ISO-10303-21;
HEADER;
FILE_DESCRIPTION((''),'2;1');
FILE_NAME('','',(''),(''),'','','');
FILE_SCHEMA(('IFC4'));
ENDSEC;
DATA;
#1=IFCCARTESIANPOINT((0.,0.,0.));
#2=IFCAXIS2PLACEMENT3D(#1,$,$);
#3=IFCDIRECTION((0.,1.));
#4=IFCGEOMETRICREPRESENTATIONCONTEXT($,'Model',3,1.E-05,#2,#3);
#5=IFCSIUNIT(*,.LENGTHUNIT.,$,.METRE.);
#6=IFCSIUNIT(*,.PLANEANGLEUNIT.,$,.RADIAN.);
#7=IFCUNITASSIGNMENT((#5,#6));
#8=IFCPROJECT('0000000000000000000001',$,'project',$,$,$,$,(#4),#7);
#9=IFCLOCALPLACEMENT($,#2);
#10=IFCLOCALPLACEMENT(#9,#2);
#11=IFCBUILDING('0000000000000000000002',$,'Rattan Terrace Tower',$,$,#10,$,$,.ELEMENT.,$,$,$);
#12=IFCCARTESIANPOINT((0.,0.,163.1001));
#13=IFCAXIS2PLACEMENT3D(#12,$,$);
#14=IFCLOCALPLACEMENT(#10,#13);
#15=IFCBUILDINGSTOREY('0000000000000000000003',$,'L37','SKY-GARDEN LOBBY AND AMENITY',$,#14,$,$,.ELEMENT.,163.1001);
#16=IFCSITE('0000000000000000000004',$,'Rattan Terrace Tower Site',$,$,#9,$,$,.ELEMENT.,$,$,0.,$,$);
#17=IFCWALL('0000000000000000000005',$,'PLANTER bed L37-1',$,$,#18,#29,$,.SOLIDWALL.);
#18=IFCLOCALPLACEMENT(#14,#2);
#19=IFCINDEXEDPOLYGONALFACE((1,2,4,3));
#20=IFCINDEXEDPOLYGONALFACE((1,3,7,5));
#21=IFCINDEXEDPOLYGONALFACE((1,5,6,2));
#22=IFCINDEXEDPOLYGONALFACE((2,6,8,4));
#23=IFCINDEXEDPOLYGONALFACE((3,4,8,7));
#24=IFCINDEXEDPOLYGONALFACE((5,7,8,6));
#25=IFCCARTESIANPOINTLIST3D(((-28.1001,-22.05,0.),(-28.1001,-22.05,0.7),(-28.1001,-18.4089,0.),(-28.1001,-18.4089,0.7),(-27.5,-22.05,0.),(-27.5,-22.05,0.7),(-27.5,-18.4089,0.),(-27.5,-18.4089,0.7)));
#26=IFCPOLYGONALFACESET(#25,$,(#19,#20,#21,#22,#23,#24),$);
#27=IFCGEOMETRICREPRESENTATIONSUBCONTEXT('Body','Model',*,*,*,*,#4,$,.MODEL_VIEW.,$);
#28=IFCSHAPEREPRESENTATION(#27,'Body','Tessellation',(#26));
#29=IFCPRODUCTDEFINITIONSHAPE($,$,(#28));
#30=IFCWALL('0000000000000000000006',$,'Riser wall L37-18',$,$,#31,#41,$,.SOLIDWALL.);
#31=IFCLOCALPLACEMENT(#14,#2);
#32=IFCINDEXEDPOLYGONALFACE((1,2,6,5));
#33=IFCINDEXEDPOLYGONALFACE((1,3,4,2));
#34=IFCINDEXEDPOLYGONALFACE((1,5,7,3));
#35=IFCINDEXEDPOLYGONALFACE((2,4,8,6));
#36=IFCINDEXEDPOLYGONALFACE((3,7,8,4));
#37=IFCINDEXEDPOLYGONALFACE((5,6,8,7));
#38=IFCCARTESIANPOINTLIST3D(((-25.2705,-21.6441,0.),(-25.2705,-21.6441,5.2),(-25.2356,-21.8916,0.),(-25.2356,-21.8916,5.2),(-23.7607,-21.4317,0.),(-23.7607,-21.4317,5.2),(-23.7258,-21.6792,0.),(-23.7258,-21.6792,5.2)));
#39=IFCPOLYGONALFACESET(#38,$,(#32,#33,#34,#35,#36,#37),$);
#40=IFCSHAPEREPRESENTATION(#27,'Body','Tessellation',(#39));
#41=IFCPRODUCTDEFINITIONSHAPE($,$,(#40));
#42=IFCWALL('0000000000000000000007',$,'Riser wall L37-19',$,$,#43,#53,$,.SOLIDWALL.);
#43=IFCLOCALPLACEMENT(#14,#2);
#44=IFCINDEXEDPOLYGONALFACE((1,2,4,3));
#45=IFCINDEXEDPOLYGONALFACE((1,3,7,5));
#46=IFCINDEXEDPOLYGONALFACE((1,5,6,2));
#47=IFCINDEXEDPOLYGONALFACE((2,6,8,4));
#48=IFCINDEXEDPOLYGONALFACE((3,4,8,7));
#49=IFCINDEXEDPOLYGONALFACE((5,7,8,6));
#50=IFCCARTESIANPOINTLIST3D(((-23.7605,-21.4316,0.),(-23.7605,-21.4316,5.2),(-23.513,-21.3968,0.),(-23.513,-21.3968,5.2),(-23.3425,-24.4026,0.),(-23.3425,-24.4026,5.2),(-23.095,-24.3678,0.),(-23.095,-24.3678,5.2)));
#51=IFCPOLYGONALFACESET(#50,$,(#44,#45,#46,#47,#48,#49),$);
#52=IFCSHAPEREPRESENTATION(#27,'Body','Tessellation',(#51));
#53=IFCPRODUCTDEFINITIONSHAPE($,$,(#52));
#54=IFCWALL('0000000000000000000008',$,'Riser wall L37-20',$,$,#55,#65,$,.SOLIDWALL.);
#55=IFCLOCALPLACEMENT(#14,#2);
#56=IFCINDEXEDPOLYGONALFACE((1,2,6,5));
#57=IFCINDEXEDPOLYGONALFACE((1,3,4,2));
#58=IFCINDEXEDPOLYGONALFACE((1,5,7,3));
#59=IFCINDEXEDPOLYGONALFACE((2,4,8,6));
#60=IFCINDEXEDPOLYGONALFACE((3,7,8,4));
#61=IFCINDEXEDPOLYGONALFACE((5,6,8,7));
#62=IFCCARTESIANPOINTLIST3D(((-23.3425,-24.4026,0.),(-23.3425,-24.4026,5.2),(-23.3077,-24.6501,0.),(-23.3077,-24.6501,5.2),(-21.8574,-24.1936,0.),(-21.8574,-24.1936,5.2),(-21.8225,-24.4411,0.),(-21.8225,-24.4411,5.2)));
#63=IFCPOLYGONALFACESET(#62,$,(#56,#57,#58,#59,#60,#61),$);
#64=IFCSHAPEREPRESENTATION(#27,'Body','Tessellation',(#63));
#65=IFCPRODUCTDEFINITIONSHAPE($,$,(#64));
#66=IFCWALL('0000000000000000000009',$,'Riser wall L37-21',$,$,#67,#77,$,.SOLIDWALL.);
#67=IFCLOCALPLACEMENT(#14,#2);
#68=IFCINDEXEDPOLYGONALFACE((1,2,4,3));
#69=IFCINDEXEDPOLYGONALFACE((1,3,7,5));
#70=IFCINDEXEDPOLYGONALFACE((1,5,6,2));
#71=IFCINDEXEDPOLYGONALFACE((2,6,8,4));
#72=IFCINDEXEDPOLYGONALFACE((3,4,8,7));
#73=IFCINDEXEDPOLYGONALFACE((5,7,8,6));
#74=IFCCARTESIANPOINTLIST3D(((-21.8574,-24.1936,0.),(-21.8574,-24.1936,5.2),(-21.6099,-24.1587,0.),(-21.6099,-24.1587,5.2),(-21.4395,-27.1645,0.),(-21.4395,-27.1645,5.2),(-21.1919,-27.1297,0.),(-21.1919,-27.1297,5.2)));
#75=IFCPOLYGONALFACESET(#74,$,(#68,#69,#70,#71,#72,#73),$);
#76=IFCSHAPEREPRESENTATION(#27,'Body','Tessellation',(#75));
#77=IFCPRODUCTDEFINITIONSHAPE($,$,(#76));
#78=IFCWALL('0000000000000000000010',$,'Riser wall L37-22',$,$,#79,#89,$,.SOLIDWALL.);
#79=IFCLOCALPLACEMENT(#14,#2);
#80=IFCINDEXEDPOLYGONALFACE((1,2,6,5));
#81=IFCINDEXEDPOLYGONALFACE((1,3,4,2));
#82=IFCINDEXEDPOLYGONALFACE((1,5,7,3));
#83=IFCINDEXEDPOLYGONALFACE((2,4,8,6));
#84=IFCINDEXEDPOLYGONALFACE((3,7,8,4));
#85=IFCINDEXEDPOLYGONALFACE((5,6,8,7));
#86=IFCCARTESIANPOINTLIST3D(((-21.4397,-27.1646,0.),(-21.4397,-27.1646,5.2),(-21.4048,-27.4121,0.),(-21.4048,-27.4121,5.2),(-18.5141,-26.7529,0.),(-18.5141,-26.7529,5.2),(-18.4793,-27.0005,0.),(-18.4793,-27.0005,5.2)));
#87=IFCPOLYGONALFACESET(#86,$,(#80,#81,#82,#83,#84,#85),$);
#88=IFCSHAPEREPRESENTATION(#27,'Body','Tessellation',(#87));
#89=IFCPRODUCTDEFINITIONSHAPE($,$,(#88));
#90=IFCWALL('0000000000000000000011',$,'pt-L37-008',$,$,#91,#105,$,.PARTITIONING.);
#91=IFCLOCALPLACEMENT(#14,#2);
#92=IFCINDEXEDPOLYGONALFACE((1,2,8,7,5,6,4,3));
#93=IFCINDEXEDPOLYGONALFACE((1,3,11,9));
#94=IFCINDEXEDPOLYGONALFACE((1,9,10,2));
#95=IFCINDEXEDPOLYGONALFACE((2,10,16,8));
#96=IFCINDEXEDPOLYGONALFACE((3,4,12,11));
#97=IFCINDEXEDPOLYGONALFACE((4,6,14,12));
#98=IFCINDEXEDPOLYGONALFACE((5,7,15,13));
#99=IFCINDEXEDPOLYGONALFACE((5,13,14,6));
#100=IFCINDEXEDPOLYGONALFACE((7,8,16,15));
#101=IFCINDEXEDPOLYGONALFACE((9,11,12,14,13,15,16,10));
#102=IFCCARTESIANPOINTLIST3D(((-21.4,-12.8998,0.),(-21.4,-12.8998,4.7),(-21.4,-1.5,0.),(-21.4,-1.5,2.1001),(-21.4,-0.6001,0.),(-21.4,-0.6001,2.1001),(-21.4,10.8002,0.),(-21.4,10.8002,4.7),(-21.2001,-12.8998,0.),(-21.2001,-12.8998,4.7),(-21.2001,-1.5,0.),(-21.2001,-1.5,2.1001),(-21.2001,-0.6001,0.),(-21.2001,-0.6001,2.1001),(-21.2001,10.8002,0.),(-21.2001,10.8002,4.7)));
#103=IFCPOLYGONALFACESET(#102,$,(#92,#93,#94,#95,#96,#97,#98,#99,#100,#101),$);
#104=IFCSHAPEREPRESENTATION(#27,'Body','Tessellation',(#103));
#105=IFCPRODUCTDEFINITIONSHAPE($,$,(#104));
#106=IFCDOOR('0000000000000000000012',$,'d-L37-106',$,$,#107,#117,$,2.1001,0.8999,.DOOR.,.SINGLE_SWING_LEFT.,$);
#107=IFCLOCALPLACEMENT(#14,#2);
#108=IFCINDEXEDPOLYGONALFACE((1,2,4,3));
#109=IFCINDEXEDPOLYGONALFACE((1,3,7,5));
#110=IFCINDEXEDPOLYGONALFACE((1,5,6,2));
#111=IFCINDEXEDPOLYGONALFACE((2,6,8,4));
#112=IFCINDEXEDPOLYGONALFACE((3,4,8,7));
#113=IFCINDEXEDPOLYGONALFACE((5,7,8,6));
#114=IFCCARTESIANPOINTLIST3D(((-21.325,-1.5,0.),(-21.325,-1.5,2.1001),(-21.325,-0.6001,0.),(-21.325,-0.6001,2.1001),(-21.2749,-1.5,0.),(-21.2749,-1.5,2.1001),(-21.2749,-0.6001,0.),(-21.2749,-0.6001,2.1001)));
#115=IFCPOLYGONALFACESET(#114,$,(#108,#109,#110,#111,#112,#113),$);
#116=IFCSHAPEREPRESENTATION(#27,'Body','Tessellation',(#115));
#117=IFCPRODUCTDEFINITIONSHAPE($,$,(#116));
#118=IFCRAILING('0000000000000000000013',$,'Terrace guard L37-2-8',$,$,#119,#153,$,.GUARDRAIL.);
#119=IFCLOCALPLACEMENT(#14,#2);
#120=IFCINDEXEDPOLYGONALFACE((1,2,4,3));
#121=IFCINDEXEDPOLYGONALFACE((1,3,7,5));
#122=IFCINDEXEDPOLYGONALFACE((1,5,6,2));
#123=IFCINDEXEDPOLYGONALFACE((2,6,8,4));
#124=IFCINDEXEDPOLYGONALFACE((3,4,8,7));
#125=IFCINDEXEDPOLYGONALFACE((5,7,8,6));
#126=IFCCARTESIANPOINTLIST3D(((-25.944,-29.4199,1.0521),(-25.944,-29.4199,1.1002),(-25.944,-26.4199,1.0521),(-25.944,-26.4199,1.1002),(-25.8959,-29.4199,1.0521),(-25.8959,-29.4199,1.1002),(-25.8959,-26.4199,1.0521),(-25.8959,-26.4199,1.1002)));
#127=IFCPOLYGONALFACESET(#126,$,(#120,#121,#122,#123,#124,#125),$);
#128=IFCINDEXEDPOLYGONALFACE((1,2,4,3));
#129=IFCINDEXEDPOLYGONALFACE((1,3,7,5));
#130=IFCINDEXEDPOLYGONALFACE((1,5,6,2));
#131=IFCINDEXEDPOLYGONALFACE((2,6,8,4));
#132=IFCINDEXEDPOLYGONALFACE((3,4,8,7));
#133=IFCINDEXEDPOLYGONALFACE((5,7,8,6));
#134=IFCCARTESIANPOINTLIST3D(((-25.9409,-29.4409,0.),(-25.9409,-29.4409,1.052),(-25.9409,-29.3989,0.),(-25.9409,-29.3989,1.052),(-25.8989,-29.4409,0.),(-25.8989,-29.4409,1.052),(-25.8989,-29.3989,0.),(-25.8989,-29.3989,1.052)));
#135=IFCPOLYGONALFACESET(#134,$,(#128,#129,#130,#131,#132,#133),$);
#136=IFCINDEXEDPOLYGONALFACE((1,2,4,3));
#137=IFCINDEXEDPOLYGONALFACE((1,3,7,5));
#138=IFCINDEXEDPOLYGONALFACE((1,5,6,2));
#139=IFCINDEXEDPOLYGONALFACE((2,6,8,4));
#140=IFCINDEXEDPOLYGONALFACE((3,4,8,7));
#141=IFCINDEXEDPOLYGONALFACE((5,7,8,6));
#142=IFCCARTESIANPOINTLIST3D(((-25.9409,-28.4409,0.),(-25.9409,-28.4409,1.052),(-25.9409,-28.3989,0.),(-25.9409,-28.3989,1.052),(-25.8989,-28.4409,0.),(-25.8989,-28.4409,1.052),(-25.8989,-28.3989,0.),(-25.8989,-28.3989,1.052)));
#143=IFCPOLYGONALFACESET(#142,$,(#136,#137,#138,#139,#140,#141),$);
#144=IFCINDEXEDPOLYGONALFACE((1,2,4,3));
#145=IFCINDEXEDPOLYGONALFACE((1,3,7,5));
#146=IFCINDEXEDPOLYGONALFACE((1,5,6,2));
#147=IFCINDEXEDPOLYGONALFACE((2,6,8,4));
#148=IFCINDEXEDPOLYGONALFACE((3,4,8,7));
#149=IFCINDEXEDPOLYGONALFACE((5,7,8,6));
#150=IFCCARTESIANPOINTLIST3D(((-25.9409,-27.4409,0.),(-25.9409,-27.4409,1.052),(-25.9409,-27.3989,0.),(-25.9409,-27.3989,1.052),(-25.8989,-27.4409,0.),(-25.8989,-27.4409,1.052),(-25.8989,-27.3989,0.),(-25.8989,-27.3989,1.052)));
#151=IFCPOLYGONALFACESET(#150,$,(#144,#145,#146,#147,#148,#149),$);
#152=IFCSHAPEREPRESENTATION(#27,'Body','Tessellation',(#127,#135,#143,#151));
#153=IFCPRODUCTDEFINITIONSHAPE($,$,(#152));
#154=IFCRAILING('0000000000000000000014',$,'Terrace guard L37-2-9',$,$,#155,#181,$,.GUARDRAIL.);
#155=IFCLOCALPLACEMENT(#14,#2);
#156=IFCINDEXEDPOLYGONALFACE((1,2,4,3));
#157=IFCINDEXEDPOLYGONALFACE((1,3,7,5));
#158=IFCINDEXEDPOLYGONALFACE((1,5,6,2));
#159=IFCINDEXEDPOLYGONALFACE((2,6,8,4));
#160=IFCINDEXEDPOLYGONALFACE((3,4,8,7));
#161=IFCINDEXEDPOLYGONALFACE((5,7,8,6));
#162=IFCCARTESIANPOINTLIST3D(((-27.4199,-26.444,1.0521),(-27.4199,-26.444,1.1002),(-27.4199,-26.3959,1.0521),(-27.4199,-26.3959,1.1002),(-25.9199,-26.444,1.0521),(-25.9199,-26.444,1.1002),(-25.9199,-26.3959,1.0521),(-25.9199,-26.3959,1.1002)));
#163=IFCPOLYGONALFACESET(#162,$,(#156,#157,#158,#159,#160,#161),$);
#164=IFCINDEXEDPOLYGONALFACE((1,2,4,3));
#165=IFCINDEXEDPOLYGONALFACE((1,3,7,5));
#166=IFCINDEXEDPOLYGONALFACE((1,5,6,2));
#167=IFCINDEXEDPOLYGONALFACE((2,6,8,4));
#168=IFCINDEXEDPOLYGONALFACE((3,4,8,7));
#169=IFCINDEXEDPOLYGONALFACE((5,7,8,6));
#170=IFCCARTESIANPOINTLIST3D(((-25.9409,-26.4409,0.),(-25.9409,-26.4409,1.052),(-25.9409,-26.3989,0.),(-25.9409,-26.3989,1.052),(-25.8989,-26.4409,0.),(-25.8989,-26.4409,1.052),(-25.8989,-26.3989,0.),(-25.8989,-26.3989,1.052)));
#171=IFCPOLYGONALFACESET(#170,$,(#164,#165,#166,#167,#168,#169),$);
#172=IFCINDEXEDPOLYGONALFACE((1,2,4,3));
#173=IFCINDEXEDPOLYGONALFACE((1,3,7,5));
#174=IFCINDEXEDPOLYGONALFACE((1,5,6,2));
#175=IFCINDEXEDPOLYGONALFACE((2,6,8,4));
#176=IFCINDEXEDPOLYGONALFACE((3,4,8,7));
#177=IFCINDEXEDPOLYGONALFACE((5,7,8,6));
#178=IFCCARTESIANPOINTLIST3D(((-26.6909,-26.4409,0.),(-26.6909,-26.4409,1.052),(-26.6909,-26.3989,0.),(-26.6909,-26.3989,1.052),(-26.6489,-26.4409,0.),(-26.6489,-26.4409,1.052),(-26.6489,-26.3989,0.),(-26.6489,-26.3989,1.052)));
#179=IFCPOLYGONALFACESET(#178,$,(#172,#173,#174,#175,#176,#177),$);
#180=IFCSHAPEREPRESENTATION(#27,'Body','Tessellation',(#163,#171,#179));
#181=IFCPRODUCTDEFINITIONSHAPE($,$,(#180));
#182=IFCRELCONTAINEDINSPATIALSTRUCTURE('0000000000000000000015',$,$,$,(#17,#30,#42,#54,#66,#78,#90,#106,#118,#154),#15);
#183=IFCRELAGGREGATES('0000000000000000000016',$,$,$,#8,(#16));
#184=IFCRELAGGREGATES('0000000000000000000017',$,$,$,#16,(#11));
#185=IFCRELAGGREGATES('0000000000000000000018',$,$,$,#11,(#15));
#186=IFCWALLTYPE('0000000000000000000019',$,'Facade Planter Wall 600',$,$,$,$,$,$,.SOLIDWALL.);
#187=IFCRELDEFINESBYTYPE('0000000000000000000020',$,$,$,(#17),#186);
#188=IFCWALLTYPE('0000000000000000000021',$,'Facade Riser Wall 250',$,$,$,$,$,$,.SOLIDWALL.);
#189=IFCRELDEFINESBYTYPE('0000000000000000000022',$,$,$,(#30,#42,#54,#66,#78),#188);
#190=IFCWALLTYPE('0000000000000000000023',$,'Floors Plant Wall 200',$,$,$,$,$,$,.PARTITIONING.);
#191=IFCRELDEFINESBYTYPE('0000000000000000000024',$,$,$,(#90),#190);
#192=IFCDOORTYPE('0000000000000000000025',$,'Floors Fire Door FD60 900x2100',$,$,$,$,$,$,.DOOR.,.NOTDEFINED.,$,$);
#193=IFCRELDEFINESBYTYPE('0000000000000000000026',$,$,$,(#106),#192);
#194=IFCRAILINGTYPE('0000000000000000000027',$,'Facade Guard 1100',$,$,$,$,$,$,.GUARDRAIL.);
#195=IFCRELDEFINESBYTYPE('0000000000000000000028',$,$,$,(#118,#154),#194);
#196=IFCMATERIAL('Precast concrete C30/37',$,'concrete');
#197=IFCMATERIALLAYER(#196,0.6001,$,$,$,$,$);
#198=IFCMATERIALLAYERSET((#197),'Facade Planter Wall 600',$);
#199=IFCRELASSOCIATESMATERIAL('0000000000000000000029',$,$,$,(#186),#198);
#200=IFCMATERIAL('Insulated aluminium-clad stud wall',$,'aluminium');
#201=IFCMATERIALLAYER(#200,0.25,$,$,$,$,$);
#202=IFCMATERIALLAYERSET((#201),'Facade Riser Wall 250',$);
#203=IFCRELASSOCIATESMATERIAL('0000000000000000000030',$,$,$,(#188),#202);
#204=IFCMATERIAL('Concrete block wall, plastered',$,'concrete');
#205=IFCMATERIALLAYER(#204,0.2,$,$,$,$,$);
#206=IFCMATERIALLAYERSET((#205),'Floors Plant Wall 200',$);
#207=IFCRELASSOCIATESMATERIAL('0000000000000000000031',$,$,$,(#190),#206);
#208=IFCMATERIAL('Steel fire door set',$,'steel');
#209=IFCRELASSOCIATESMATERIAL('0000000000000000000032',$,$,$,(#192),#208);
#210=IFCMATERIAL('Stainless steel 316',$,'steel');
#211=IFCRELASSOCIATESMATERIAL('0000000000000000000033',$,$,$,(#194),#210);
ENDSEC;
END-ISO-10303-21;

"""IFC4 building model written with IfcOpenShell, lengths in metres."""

from ifc_helpers import new_model, si_unit, direction, frame, frame_2d, origin, origin_2d, place, context, subcontext, project, spatial, rectangle, extrude, material, layer, layer_set, type_object, element, fill, save


model = new_model("IFC4")

# Units and contexts
model_context = context("Model", 3, precision=1e-05, world=origin(), true_north=direction((0.0, 1.0)))
body_context = subcontext(model_context, "Body", "Model", "MODEL_VIEW")
ifc_project = project(units=[si_unit("LENGTHUNIT", "METRE"), si_unit("PLANEANGLEUNIT", "RADIAN")], contexts=[model_context])

# Site, building, storey
site_placement = place(None, origin())
site = spatial("IfcSite", under=ifc_project, at=site_placement, Name="Rattan Terrace Tower Site", CompositionType="ELEMENT", RefElevation=0.0)
building_placement = place(site_placement, origin())
building = spatial("IfcBuilding", under=site, at=building_placement, Name="Rattan Terrace Tower", CompositionType="ELEMENT")
storey_placement = place(building_placement, frame((0.0, 0.0, 163.1001)))
storey = spatial("IfcBuildingStorey", under=building, at=storey_placement, Name="L37", Description="SKY-GARDEN LOBBY AND AMENITY", CompositionType="ELEMENT", Elevation=163.1001)

# Walls
ifc_material_1 = material(Name="Precast concrete C30/37", Category="concrete")
ifc_layer_1 = layer(ifc_material_1, 0.6001)
ifc_layer_set_1 = layer_set([ifc_layer_1], Name="Facade Planter Wall 600")
wall_type_1 = type_object("IfcWallType", Name="Facade Planter Wall 600", PredefinedType="SOLIDWALL", material=ifc_layer_set_1)
wall_1_placement = place(storey_placement, frame((-27.8, -22.05, 0.0), z_axis=(0.0, 0.0, 1.0), x_axis=(0.0, 1.0, 0.0)))
element("IfcWall", 1, at=wall_1_placement, inside=storey, type_object=wall_type_1, Name="PLANTER bed L37-1", PredefinedType="SOLIDWALL", context=body_context, shape_type="SweptSolid", body=[
    extrude(rectangle(XDim=3.6411, YDim=0.6001, at=frame_2d((1.8206, 0.0))), origin(), (0.0, 0.0, 1.0), 0.7),
])
ifc_material_2 = material(Name="Insulated aluminium-clad stud wall", Category="aluminium")
ifc_layer_2 = layer(ifc_material_2, 0.25)
ifc_layer_set_2 = layer_set([ifc_layer_2], Name="Facade Riser Wall 250")
wall_type_2 = type_object("IfcWallType", Name="Facade Riser Wall 250", PredefinedType="SOLIDWALL", material=ifc_layer_set_2)
wall_2_placement = place(storey_placement, frame((-25.2529, -21.7678, 0.0), z_axis=(0.0, 0.0, 1.0), x_axis=(0.990248, 0.139314, 0.0)))
element("IfcWall", 2, at=wall_2_placement, inside=storey, type_object=wall_type_2, Name="Riser wall L37-18", PredefinedType="SOLIDWALL", context=body_context, shape_type="SweptSolid", body=[
    extrude(rectangle(XDim=1.5247, YDim=0.25, at=frame_2d((0.7622, 0.0))), origin(), (0.0, 0.0, 1.0), 5.2),
])
wall_3_placement = place(storey_placement, frame((-23.6367, -21.4143, 0.0), z_axis=(0.0, 0.0, 1.0), x_axis=(0.139313, -0.990248, 0.0)))
element("IfcWall", 3, at=wall_3_placement, inside=storey, type_object=wall_type_2, Name="Riser wall L37-19", PredefinedType="SOLIDWALL", context=body_context, shape_type="SweptSolid", body=[
    extrude(rectangle(XDim=3.0002, YDim=0.25, at=frame_2d((1.5, 0.0))), origin(), (0.0, 0.0, 1.0), 5.2),
])
wall_4_placement = place(storey_placement, frame((-23.3252, -24.5264, 0.0), z_axis=(0.0, 0.0, 1.0), x_axis=(0.990244, 0.139347, 0.0)))
element("IfcWall", 4, at=wall_4_placement, inside=storey, type_object=wall_type_2, Name="Riser wall L37-20", PredefinedType="SOLIDWALL", context=body_context, shape_type="SweptSolid", body=[
    extrude(rectangle(XDim=1.4998, YDim=0.25, at=frame_2d((0.75, 0.0))), origin(), (0.0, 0.0, 1.0), 5.2),
])
wall_5_placement = place(storey_placement, frame((-21.7336, -24.1763, 0.0), z_axis=(0.0, 0.0, 1.0), x_axis=(0.139313, -0.990248, 0.0)))
element("IfcWall", 5, at=wall_5_placement, inside=storey, type_object=wall_type_2, Name="Riser wall L37-21", PredefinedType="SOLIDWALL", context=body_context, shape_type="SweptSolid", body=[
    extrude(rectangle(XDim=3.0002, YDim=0.25, at=frame_2d((1.5, 0.0))), origin(), (0.0, 0.0, 1.0), 5.2),
])
wall_6_placement = place(storey_placement, frame((-21.4221, -27.2883, 0.0), z_axis=(0.0, 0.0, 1.0), x_axis=(0.990246, 0.139327, 0.0)))
element("IfcWall", 6, at=wall_6_placement, inside=storey, type_object=wall_type_2, Name="Riser wall L37-22", PredefinedType="SOLIDWALL", context=body_context, shape_type="SweptSolid", body=[
    extrude(rectangle(XDim=2.9543, YDim=0.25, at=frame_2d((1.4771, 0.0))), origin(), (0.0, 0.0, 1.0), 5.2),
])

# Wall, opening, door
ifc_material_3 = material(Name="Concrete block wall, plastered", Category="concrete")
ifc_layer_3 = layer(ifc_material_3, 0.2)
ifc_layer_set_3 = layer_set([ifc_layer_3], Name="Floors Plant Wall 200")
wall_type_3 = type_object("IfcWallType", Name="Floors Plant Wall 200", PredefinedType="PARTITIONING", material=ifc_layer_set_3)
wall_7_placement = place(storey_placement, frame((-21.3, -12.8999, 0.0), z_axis=(0.0, 0.0, 1.0), x_axis=(0.0, 1.0, 0.0)))
wall_7 = element("IfcWall", 7, at=wall_7_placement, inside=storey, type_object=wall_type_3, Name="pt-L37-008", PredefinedType="PARTITIONING", context=body_context, shape_type="SweptSolid", body=[
    extrude(rectangle(XDim=23.7, YDim=0.2, at=frame_2d((11.8501, 0.0))), origin(), (0.0, 0.0, 1.0), 4.7),
])
opening_placement = place(wall_7_placement, frame((11.3999, 0.0, 0.0)))
opening = element("IfcOpeningElement", 8, at=opening_placement, cuts=wall_7, PredefinedType="OPENING", context=body_context, shape_type="SweptSolid", body=[
    extrude(rectangle(XDim=0.8999, YDim=2.1001, at=frame_2d((0.45, 1.05))), frame((0.0, 0.1106, 0.0), z_axis=(0.0, -1.0, 0.0), x_axis=(1.0, 0.0, 0.0)), (0.0, 0.0, 1.0), 0.2209),
])
ifc_material_4 = material(Name="Steel fire door set", Category="steel")
door_type = type_object("IfcDoorType", Name="Floors Fire Door FD60 900x2100", OperationType="NOTDEFINED", PredefinedType="DOOR", material=ifc_material_4)
door_placement = place(opening_placement, origin())
door = element("IfcDoor", 9, at=door_placement, inside=storey, type_object=door_type, Name="d-L37-106", OperationType="SINGLE_SWING_LEFT", OverallHeight=2.1001, OverallWidth=0.8999, PredefinedType="DOOR", context=body_context, shape_type="SweptSolid", body=[
    extrude(rectangle(XDim=0.8999, YDim=2.1001, at=frame_2d((0.45, 1.05))), frame((0.0, 0.0249, 0.0), z_axis=(0.0, -1.0, 0.0), x_axis=(1.0, 0.0, 0.0)), (0.0, 0.0, 1.0), 0.05),
])
fill(opening, door)

# Railings
ifc_material_5 = material(Name="Stainless steel 316", Category="steel")
railing_type = type_object("IfcRailingType", Name="Facade Guard 1100", PredefinedType="GUARDRAIL", material=ifc_material_5)
railing_1_placement = place(storey_placement, frame((-25.9199, -29.4199, 0.0)))
element("IfcRailing", 10, at=railing_1_placement, inside=storey, type_object=railing_type, Name="Terrace guard L37-2-8", PredefinedType="GUARDRAIL", context=body_context, shape_type="SweptSolid", body=[
    extrude(rectangle(XDim=0.0481, YDim=0.0481, at=origin_2d()), frame((0.0, 0.0, 1.0762), z_axis=(0.0, 1.0, 0.0), x_axis=(-1.0, 0.0, 0.0)), (0.0, 0.0, 1.0), 3.0),
    extrude(rectangle(XDim=0.042, YDim=0.042, at=origin_2d()), origin(), (0.0, 0.0, 1.0), 1.052),
    extrude(rectangle(XDim=0.042, YDim=0.042, at=origin_2d()), frame((0.0, 1.0, 0.0)), (0.0, 0.0, 1.0), 1.052),
    extrude(rectangle(XDim=0.042, YDim=0.042, at=origin_2d()), frame((0.0, 2.0, 0.0)), (0.0, 0.0, 1.0), 1.052),
])
railing_2_placement = place(storey_placement, frame((-25.9199, -26.4199, 0.0)))
element("IfcRailing", 11, at=railing_2_placement, inside=storey, type_object=railing_type, Name="Terrace guard L37-2-9", PredefinedType="GUARDRAIL", context=body_context, shape_type="SweptSolid", body=[
    extrude(rectangle(XDim=0.0481, YDim=0.0481, at=origin_2d()), frame((0.0, 0.0, 1.0762), z_axis=(-1.0, 0.0, 0.0), x_axis=(0.0, -1.0, 0.0)), (0.0, 0.0, 1.0), 1.5),
    extrude(rectangle(XDim=0.042, YDim=0.042, at=origin_2d()), origin(), (0.0, 0.0, 1.0), 1.052),
    extrude(rectangle(XDim=0.042, YDim=0.042, at=origin_2d()), frame((-0.75, 0.0, 0.0)), (0.0, 0.0, 1.0), 1.052),
])

save(model, "model.ifc")
